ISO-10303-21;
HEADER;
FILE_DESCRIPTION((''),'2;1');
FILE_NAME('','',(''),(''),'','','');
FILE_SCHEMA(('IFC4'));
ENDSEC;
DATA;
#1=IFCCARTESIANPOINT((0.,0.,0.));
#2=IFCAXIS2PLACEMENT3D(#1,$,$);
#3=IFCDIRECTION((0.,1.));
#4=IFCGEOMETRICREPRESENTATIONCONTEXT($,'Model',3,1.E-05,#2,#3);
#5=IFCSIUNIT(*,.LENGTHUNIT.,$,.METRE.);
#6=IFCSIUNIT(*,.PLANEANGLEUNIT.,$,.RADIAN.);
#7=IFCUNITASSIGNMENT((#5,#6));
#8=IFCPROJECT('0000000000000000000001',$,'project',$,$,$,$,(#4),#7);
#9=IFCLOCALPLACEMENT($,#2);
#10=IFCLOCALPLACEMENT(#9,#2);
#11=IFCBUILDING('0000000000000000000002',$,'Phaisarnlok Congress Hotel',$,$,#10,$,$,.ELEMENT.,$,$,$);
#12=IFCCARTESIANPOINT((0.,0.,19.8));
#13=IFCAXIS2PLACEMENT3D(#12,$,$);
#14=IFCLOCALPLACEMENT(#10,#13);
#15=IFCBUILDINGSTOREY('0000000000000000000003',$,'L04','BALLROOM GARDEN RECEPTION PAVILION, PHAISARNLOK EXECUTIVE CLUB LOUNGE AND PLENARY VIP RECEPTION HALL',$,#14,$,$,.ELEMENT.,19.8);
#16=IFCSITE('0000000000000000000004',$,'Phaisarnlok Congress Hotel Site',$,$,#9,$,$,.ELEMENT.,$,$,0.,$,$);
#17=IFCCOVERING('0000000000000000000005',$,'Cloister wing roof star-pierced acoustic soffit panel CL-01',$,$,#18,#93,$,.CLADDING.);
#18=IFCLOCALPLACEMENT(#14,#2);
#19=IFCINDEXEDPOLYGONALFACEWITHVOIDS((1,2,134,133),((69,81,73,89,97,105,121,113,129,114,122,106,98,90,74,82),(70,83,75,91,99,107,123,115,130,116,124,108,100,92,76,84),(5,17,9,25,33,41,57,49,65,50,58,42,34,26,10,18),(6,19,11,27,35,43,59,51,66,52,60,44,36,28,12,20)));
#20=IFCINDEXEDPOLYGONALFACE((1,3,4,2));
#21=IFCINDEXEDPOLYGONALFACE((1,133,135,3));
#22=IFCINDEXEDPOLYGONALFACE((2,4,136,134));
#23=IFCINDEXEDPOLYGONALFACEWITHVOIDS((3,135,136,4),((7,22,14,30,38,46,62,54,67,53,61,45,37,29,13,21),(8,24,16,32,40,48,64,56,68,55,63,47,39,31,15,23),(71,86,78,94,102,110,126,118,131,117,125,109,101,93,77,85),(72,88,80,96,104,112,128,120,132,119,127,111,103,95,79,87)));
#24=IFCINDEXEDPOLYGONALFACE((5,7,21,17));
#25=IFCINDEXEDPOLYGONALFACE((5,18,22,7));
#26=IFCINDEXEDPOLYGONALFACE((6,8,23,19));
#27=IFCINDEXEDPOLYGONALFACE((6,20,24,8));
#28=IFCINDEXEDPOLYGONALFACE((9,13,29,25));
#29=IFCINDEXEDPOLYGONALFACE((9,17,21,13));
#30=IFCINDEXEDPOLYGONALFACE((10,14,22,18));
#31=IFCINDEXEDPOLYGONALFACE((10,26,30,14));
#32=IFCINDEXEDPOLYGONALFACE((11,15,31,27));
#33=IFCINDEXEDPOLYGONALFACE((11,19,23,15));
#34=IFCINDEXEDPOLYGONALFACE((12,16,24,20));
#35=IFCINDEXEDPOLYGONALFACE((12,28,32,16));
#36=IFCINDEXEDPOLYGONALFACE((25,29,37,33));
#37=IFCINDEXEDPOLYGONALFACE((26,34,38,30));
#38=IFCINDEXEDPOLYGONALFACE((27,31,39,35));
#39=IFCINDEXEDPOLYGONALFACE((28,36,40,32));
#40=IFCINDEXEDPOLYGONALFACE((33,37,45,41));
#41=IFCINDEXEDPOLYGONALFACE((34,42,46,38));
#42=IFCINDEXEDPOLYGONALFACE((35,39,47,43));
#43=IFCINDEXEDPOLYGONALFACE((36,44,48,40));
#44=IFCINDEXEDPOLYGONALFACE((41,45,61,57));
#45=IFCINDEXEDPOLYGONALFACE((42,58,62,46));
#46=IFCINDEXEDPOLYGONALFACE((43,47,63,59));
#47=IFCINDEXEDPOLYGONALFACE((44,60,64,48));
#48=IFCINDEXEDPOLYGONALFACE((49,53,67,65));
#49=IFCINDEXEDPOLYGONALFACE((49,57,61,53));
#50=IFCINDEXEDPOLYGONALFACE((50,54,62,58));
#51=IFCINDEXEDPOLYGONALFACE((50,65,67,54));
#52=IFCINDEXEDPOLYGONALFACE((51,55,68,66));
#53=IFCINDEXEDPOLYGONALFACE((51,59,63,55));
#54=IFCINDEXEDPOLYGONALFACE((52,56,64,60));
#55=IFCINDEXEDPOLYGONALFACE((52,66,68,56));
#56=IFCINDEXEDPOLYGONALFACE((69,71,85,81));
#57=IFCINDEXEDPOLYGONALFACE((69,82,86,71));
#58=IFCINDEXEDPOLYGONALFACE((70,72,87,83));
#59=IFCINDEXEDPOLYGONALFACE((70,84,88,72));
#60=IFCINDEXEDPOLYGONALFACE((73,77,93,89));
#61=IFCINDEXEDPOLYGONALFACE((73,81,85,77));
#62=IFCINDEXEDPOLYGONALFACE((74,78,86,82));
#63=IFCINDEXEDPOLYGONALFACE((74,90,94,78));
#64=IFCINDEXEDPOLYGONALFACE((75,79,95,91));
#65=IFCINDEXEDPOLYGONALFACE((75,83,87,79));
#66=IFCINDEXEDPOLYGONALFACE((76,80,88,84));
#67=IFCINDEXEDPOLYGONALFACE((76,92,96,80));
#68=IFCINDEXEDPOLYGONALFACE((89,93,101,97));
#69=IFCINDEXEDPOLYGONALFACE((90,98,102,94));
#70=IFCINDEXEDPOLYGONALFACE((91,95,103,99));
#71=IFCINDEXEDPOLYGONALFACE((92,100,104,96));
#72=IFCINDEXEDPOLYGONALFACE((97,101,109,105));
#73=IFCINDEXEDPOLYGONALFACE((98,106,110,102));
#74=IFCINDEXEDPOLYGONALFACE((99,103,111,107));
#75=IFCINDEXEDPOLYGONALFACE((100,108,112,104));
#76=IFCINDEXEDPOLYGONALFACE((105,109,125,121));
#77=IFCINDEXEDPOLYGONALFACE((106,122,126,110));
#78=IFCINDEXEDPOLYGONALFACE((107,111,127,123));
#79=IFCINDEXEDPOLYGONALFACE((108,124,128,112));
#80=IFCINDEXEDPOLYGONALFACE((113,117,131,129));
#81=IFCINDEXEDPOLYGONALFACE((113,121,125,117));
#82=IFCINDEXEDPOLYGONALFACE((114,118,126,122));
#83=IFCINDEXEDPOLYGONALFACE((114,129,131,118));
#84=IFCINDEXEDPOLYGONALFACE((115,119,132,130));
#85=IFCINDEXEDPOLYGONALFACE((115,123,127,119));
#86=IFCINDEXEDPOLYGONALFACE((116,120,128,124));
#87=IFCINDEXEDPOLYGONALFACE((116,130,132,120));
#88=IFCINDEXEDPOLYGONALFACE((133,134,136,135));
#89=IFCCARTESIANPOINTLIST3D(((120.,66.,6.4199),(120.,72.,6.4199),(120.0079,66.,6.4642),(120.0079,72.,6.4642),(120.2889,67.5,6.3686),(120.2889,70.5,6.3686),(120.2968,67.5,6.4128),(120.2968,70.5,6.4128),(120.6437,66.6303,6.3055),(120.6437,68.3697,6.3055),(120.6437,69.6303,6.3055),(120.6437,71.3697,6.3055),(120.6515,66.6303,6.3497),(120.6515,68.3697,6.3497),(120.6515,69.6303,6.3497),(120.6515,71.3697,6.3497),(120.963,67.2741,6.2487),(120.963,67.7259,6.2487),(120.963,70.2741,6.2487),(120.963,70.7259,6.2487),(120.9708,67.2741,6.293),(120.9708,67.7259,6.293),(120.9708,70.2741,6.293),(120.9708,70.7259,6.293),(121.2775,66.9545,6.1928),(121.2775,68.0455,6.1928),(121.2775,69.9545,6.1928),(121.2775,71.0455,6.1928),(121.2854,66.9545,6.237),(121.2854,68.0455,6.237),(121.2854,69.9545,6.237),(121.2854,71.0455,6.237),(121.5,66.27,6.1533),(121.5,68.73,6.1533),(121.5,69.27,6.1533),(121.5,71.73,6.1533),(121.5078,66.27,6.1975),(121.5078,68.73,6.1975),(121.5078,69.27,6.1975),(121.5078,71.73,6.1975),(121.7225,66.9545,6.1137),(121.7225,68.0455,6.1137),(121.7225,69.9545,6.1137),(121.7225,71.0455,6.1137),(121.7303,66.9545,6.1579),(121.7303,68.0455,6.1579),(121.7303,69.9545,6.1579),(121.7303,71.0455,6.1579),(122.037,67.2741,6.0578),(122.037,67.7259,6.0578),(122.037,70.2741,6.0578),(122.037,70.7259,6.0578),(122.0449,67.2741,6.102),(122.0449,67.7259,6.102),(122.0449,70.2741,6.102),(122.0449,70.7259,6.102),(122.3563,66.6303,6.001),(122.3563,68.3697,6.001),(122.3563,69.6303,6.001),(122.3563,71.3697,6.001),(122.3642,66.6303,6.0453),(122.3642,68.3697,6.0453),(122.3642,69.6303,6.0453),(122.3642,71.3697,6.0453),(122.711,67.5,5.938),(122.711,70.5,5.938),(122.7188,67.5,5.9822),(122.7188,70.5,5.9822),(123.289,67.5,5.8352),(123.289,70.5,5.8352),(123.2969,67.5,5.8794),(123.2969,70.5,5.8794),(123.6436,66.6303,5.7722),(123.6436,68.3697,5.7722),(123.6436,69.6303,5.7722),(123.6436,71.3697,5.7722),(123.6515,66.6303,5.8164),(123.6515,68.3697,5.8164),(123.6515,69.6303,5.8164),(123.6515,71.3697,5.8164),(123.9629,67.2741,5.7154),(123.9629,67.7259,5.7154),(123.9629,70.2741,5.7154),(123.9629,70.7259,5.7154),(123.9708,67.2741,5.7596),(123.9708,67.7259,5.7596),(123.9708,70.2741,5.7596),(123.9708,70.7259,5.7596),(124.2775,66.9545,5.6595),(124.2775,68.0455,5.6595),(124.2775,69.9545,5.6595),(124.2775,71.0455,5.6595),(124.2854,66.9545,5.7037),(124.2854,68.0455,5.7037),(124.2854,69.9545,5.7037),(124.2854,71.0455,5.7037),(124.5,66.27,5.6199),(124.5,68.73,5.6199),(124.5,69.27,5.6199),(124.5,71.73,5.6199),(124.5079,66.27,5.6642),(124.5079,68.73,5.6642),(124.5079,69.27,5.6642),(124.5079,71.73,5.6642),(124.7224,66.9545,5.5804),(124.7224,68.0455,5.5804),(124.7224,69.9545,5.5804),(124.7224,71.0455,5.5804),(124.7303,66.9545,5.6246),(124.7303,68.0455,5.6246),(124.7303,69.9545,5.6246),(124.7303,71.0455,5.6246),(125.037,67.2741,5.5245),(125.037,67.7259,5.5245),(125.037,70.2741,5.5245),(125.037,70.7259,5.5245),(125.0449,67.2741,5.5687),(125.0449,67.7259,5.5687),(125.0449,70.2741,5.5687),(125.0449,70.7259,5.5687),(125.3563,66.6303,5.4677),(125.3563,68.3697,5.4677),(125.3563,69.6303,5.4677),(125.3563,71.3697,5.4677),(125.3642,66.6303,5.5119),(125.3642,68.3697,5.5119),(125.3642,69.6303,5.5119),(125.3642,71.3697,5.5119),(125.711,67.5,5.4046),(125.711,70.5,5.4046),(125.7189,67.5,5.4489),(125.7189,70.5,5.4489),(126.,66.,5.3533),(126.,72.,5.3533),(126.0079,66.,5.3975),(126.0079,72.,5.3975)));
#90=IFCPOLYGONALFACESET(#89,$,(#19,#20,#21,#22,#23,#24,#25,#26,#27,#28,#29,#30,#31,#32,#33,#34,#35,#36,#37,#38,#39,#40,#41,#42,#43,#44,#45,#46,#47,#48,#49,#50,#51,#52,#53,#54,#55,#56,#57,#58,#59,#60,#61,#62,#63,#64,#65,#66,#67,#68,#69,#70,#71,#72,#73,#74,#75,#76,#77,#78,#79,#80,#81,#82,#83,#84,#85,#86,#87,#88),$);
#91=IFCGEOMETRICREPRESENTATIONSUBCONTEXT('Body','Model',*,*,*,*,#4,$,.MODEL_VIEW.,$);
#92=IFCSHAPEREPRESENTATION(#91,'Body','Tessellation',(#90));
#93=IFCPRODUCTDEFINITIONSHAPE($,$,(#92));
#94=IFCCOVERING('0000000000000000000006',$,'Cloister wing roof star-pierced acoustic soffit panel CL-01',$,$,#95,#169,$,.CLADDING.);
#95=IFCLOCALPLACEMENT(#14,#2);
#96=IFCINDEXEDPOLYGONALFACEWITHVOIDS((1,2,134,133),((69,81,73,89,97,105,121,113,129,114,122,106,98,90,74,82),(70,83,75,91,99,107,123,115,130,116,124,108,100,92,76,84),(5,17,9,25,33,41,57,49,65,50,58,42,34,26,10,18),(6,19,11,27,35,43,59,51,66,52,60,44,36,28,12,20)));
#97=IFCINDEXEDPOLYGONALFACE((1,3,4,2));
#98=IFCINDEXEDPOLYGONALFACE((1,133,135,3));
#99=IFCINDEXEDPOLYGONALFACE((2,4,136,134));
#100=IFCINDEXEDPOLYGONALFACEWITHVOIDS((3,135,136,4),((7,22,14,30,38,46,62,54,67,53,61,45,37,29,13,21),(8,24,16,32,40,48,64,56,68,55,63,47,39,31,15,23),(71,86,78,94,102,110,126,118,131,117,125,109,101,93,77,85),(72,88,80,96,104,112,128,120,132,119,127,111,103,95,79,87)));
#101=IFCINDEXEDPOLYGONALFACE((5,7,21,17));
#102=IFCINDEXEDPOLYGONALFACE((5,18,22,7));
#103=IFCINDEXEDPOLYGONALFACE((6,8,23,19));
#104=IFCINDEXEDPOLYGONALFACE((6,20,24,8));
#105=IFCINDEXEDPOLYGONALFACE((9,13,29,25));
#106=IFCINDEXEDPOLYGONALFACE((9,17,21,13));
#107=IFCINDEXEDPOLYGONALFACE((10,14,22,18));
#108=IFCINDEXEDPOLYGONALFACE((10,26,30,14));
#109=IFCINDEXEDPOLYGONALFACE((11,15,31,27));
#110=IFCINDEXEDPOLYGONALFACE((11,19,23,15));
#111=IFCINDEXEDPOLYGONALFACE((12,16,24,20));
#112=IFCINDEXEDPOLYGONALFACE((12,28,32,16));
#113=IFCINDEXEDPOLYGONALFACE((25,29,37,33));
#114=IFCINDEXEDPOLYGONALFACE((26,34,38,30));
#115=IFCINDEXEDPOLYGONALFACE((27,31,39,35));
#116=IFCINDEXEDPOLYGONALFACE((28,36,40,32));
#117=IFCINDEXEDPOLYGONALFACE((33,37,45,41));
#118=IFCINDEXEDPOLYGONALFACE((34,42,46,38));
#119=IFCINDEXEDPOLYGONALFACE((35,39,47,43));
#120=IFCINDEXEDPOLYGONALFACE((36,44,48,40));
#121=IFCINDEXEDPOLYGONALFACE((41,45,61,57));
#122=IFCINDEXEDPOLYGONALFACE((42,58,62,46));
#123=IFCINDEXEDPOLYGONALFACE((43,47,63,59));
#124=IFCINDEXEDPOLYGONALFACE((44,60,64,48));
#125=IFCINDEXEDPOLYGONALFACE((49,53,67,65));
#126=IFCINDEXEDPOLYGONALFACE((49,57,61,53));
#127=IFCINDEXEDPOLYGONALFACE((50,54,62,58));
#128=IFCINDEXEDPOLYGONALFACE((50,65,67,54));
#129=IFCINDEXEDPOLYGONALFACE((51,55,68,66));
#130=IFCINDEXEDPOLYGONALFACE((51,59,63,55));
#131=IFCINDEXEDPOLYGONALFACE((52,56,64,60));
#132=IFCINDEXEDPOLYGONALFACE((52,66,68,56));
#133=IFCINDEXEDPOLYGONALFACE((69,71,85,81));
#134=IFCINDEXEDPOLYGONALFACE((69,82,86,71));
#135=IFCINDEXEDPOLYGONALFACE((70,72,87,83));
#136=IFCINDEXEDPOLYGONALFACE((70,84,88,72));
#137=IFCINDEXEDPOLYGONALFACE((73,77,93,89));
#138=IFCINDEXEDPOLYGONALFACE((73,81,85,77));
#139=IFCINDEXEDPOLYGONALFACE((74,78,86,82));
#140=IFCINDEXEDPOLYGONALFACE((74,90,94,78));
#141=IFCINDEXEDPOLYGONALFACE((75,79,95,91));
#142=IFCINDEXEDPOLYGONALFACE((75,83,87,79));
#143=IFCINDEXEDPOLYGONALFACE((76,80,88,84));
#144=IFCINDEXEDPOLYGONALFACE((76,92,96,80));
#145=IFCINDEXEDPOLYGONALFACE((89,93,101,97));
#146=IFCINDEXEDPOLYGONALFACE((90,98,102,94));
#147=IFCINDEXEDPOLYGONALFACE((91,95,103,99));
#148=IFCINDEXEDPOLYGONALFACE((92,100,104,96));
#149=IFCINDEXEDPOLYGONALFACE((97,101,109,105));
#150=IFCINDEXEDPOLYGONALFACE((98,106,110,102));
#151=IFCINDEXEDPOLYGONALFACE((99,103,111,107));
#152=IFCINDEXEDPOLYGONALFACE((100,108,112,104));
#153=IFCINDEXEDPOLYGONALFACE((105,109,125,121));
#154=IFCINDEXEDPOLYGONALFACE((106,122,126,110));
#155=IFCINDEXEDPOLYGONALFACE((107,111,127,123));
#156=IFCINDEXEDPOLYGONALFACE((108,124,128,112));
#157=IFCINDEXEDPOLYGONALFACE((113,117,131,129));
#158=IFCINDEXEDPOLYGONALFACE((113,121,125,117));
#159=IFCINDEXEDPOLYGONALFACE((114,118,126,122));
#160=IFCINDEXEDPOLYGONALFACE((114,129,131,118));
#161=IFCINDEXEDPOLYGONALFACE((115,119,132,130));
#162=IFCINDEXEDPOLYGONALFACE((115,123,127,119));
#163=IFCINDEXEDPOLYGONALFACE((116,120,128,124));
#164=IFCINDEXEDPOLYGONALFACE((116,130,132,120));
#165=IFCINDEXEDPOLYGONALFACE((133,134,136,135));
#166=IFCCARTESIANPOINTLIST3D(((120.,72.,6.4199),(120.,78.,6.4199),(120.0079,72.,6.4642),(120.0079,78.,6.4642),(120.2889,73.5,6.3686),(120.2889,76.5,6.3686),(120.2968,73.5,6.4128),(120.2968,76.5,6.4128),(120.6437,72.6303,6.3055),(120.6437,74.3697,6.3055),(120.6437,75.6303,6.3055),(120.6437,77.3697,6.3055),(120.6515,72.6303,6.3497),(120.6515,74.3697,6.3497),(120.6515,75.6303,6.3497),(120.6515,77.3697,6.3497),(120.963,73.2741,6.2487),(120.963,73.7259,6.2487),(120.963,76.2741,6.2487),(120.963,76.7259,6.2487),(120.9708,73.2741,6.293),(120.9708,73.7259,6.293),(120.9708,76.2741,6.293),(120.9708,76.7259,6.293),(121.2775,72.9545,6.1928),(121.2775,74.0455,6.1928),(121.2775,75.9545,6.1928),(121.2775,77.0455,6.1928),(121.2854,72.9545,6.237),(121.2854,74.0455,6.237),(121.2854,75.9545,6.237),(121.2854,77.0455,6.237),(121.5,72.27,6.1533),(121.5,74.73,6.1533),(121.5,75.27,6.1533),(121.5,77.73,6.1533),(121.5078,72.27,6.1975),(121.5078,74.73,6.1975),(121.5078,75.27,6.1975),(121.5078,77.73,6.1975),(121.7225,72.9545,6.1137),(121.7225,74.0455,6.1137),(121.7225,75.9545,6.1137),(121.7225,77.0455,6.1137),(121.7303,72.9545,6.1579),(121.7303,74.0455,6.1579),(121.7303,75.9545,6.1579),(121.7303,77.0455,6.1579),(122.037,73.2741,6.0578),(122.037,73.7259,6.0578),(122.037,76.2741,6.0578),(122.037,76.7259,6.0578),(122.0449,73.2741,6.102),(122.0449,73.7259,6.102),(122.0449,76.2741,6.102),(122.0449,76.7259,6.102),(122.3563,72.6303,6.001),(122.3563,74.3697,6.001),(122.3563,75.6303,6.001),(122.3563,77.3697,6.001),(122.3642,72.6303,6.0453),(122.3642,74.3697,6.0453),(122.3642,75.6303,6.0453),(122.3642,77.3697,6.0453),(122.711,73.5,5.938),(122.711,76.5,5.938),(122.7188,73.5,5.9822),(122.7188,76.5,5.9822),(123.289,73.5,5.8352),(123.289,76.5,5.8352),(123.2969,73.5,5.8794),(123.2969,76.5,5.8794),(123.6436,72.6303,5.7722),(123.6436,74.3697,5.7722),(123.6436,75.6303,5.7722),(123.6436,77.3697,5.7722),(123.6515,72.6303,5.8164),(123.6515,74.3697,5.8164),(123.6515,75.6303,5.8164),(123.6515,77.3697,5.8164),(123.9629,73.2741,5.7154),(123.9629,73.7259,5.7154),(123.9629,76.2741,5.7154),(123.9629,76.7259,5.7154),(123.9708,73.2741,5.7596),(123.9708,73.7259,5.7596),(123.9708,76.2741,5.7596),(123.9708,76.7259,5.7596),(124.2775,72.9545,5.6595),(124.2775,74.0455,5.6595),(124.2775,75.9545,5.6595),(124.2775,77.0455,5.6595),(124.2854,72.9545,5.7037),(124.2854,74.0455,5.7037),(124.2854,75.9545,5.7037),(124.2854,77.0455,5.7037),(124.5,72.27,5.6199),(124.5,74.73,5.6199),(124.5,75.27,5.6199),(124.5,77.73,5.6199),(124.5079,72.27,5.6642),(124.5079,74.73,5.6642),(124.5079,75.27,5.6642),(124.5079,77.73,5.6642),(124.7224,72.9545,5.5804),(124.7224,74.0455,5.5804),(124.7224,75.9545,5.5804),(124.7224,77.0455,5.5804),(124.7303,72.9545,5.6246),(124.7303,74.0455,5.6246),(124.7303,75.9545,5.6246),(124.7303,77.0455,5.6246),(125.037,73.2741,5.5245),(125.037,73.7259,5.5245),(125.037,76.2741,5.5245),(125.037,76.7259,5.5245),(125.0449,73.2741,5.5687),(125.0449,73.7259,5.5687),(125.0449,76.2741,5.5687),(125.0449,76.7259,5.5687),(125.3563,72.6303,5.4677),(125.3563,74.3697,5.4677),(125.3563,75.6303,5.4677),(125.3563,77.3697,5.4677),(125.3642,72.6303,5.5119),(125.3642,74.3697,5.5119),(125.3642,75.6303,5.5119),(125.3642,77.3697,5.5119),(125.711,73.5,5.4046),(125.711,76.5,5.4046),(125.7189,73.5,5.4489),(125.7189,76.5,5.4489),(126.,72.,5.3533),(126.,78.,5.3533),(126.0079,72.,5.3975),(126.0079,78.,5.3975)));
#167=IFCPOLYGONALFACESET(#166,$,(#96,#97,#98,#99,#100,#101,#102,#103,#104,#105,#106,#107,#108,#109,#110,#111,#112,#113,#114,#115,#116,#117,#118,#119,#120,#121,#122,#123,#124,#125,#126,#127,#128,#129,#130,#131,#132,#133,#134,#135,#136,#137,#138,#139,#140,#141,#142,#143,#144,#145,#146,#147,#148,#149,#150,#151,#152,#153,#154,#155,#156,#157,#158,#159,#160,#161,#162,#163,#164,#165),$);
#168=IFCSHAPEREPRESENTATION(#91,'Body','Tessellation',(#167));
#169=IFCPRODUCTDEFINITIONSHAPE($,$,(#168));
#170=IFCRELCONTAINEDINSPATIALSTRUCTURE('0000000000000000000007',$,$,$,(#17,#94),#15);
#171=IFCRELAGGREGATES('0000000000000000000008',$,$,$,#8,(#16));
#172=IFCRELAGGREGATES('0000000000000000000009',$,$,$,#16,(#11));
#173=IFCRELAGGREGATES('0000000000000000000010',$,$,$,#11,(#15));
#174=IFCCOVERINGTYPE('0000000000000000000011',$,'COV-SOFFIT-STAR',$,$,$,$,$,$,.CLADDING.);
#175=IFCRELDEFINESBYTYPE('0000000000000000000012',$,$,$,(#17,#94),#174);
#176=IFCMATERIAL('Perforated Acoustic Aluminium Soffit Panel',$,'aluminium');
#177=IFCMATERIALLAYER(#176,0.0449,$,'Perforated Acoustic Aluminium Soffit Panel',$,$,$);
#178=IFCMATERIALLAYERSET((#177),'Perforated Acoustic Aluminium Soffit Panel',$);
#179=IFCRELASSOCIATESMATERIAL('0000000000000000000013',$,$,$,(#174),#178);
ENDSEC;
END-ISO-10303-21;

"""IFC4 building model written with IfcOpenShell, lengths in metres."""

from ifc_helpers import new_model, si_unit, direction, frame, origin, place, context, subcontext, project, spatial, polyline, outline, extrude, material, layer, layer_set, type_object, element, save


model = new_model("IFC4")

# Units and contexts
model_context = context("Model", 3, precision=1e-05, world=origin(), true_north=direction((0.0, 1.0)))
body_context = subcontext(model_context, "Body", "Model", "MODEL_VIEW")
ifc_project = project(units=[si_unit("LENGTHUNIT", "METRE"), si_unit("PLANEANGLEUNIT", "RADIAN")], contexts=[model_context])

# Site, building, storey
site_placement = place(None, origin())
site = spatial("IfcSite", under=ifc_project, at=site_placement, Name="Phaisarnlok Congress Hotel Site", CompositionType="ELEMENT", RefElevation=0.0)
building_placement = place(site_placement, origin())
building = spatial("IfcBuilding", under=site, at=building_placement, Name="Phaisarnlok Congress Hotel", CompositionType="ELEMENT")
storey_placement = place(building_placement, frame((0.0, 0.0, 19.8)))
storey = spatial("IfcBuildingStorey", under=building, at=storey_placement, Name="L04", Description="BALLROOM GARDEN RECEPTION PAVILION, PHAISARNLOK EXECUTIVE CLUB LOUNGE AND PLENARY VIP RECEPTION HALL", CompositionType="ELEMENT", Elevation=19.8)

# Coverings
ifc_material_1 = material(Name="Perforated Acoustic Aluminium Soffit Panel", Category="aluminium")
ifc_layer_1 = layer(ifc_material_1, 0.0449, Name="Perforated Acoustic Aluminium Soffit Panel")
ifc_layer_set_1 = layer_set([ifc_layer_1], Name="Perforated Acoustic Aluminium Soffit Panel")
covering_type = type_object("IfcCoveringType", Name="COV-SOFFIT-STAR", PredefinedType="CLADDING", material=ifc_layer_set_1)
for number, where, z_axis, x_axis, name in (
    (1, (126.0, 66.0, 5.3533), (0.175031, 0.0, 0.984563), (0.0, 1.0, 0.0), "Cloister wing roof star-pierced acoustic soffit panel CL-01"),
    (2, (126.0, 72.0, 5.3533), (0.175031, 0.0, 0.984563), (0.0, 1.0, 0.0), "Cloister wing roof star-pierced acoustic soffit panel CL-01"),
):
    element("IfcCovering", number, at=place(storey_placement, frame(where, z_axis=z_axis, x_axis=x_axis)), inside=storey, type_object=covering_type, Name=name, PredefinedType="CLADDING", context=body_context, shape_type="SweptSolid", body=[
        extrude(outline(polyline([(0.0, 0.0), (6.0, 0.0), (6.0, 6.0941), (0.0, 6.0941), (0.0, 0.0)]), holes=[polyline([(2.0455, 1.2976), (2.3697, 0.6538), (1.7259, 0.9781), (1.5, 0.2935), (1.2741, 0.9781), (0.6303, 0.6538), (0.9545, 1.2976), (0.27, 1.5235), (0.9545, 1.7495), (0.6303, 2.3933), (1.2741, 2.069), (1.5, 2.7535), (1.7259, 2.069), (2.3697, 2.3933), (2.0455, 1.7495), (2.73, 1.5235), (2.0455, 1.2976)]), polyline([(2.0455, 4.3446), (2.3697, 3.7008), (1.7259, 4.0251), (1.5, 3.3406), (1.2741, 4.0251), (0.6303, 3.7008), (0.9545, 4.3446), (0.27, 4.5706), (0.9545, 4.7965), (0.6303, 5.4403), (1.2741, 5.116), (1.5, 5.8006), (1.7259, 5.116), (2.3697, 5.4403), (2.0455, 4.7965), (2.73, 4.5706), (2.0455, 4.3446)]), polyline([(5.0455, 1.2976), (5.3697, 0.6538), (4.7259, 0.9781), (4.5, 0.2935), (4.2741, 0.9781), (3.6303, 0.6538), (3.9545, 1.2976), (3.27, 1.5235), (3.9545, 1.7495), (3.6303, 2.3933), (4.2741, 2.069), (4.5, 2.7535), (4.7259, 2.069), (5.3697, 2.3933), (5.0455, 1.7495), (5.73, 1.5235), (5.0455, 1.2976)]), polyline([(5.0455, 4.3446), (5.3697, 3.7008), (4.7259, 4.0251), (4.5, 3.3406), (4.2741, 4.0251), (3.6303, 3.7008), (3.9545, 4.3446), (3.27, 4.5706), (3.9545, 4.7965), (3.6303, 5.4403), (4.2741, 5.116), (4.5, 5.8006), (4.7259, 5.116), (5.3697, 5.4403), (5.0455, 4.7965), (5.73, 4.5706), (5.0455, 4.3446)])]), origin(), (0.0, 0.0, 1.0), 0.0449),
    ])

save(model, "model.ifc")
